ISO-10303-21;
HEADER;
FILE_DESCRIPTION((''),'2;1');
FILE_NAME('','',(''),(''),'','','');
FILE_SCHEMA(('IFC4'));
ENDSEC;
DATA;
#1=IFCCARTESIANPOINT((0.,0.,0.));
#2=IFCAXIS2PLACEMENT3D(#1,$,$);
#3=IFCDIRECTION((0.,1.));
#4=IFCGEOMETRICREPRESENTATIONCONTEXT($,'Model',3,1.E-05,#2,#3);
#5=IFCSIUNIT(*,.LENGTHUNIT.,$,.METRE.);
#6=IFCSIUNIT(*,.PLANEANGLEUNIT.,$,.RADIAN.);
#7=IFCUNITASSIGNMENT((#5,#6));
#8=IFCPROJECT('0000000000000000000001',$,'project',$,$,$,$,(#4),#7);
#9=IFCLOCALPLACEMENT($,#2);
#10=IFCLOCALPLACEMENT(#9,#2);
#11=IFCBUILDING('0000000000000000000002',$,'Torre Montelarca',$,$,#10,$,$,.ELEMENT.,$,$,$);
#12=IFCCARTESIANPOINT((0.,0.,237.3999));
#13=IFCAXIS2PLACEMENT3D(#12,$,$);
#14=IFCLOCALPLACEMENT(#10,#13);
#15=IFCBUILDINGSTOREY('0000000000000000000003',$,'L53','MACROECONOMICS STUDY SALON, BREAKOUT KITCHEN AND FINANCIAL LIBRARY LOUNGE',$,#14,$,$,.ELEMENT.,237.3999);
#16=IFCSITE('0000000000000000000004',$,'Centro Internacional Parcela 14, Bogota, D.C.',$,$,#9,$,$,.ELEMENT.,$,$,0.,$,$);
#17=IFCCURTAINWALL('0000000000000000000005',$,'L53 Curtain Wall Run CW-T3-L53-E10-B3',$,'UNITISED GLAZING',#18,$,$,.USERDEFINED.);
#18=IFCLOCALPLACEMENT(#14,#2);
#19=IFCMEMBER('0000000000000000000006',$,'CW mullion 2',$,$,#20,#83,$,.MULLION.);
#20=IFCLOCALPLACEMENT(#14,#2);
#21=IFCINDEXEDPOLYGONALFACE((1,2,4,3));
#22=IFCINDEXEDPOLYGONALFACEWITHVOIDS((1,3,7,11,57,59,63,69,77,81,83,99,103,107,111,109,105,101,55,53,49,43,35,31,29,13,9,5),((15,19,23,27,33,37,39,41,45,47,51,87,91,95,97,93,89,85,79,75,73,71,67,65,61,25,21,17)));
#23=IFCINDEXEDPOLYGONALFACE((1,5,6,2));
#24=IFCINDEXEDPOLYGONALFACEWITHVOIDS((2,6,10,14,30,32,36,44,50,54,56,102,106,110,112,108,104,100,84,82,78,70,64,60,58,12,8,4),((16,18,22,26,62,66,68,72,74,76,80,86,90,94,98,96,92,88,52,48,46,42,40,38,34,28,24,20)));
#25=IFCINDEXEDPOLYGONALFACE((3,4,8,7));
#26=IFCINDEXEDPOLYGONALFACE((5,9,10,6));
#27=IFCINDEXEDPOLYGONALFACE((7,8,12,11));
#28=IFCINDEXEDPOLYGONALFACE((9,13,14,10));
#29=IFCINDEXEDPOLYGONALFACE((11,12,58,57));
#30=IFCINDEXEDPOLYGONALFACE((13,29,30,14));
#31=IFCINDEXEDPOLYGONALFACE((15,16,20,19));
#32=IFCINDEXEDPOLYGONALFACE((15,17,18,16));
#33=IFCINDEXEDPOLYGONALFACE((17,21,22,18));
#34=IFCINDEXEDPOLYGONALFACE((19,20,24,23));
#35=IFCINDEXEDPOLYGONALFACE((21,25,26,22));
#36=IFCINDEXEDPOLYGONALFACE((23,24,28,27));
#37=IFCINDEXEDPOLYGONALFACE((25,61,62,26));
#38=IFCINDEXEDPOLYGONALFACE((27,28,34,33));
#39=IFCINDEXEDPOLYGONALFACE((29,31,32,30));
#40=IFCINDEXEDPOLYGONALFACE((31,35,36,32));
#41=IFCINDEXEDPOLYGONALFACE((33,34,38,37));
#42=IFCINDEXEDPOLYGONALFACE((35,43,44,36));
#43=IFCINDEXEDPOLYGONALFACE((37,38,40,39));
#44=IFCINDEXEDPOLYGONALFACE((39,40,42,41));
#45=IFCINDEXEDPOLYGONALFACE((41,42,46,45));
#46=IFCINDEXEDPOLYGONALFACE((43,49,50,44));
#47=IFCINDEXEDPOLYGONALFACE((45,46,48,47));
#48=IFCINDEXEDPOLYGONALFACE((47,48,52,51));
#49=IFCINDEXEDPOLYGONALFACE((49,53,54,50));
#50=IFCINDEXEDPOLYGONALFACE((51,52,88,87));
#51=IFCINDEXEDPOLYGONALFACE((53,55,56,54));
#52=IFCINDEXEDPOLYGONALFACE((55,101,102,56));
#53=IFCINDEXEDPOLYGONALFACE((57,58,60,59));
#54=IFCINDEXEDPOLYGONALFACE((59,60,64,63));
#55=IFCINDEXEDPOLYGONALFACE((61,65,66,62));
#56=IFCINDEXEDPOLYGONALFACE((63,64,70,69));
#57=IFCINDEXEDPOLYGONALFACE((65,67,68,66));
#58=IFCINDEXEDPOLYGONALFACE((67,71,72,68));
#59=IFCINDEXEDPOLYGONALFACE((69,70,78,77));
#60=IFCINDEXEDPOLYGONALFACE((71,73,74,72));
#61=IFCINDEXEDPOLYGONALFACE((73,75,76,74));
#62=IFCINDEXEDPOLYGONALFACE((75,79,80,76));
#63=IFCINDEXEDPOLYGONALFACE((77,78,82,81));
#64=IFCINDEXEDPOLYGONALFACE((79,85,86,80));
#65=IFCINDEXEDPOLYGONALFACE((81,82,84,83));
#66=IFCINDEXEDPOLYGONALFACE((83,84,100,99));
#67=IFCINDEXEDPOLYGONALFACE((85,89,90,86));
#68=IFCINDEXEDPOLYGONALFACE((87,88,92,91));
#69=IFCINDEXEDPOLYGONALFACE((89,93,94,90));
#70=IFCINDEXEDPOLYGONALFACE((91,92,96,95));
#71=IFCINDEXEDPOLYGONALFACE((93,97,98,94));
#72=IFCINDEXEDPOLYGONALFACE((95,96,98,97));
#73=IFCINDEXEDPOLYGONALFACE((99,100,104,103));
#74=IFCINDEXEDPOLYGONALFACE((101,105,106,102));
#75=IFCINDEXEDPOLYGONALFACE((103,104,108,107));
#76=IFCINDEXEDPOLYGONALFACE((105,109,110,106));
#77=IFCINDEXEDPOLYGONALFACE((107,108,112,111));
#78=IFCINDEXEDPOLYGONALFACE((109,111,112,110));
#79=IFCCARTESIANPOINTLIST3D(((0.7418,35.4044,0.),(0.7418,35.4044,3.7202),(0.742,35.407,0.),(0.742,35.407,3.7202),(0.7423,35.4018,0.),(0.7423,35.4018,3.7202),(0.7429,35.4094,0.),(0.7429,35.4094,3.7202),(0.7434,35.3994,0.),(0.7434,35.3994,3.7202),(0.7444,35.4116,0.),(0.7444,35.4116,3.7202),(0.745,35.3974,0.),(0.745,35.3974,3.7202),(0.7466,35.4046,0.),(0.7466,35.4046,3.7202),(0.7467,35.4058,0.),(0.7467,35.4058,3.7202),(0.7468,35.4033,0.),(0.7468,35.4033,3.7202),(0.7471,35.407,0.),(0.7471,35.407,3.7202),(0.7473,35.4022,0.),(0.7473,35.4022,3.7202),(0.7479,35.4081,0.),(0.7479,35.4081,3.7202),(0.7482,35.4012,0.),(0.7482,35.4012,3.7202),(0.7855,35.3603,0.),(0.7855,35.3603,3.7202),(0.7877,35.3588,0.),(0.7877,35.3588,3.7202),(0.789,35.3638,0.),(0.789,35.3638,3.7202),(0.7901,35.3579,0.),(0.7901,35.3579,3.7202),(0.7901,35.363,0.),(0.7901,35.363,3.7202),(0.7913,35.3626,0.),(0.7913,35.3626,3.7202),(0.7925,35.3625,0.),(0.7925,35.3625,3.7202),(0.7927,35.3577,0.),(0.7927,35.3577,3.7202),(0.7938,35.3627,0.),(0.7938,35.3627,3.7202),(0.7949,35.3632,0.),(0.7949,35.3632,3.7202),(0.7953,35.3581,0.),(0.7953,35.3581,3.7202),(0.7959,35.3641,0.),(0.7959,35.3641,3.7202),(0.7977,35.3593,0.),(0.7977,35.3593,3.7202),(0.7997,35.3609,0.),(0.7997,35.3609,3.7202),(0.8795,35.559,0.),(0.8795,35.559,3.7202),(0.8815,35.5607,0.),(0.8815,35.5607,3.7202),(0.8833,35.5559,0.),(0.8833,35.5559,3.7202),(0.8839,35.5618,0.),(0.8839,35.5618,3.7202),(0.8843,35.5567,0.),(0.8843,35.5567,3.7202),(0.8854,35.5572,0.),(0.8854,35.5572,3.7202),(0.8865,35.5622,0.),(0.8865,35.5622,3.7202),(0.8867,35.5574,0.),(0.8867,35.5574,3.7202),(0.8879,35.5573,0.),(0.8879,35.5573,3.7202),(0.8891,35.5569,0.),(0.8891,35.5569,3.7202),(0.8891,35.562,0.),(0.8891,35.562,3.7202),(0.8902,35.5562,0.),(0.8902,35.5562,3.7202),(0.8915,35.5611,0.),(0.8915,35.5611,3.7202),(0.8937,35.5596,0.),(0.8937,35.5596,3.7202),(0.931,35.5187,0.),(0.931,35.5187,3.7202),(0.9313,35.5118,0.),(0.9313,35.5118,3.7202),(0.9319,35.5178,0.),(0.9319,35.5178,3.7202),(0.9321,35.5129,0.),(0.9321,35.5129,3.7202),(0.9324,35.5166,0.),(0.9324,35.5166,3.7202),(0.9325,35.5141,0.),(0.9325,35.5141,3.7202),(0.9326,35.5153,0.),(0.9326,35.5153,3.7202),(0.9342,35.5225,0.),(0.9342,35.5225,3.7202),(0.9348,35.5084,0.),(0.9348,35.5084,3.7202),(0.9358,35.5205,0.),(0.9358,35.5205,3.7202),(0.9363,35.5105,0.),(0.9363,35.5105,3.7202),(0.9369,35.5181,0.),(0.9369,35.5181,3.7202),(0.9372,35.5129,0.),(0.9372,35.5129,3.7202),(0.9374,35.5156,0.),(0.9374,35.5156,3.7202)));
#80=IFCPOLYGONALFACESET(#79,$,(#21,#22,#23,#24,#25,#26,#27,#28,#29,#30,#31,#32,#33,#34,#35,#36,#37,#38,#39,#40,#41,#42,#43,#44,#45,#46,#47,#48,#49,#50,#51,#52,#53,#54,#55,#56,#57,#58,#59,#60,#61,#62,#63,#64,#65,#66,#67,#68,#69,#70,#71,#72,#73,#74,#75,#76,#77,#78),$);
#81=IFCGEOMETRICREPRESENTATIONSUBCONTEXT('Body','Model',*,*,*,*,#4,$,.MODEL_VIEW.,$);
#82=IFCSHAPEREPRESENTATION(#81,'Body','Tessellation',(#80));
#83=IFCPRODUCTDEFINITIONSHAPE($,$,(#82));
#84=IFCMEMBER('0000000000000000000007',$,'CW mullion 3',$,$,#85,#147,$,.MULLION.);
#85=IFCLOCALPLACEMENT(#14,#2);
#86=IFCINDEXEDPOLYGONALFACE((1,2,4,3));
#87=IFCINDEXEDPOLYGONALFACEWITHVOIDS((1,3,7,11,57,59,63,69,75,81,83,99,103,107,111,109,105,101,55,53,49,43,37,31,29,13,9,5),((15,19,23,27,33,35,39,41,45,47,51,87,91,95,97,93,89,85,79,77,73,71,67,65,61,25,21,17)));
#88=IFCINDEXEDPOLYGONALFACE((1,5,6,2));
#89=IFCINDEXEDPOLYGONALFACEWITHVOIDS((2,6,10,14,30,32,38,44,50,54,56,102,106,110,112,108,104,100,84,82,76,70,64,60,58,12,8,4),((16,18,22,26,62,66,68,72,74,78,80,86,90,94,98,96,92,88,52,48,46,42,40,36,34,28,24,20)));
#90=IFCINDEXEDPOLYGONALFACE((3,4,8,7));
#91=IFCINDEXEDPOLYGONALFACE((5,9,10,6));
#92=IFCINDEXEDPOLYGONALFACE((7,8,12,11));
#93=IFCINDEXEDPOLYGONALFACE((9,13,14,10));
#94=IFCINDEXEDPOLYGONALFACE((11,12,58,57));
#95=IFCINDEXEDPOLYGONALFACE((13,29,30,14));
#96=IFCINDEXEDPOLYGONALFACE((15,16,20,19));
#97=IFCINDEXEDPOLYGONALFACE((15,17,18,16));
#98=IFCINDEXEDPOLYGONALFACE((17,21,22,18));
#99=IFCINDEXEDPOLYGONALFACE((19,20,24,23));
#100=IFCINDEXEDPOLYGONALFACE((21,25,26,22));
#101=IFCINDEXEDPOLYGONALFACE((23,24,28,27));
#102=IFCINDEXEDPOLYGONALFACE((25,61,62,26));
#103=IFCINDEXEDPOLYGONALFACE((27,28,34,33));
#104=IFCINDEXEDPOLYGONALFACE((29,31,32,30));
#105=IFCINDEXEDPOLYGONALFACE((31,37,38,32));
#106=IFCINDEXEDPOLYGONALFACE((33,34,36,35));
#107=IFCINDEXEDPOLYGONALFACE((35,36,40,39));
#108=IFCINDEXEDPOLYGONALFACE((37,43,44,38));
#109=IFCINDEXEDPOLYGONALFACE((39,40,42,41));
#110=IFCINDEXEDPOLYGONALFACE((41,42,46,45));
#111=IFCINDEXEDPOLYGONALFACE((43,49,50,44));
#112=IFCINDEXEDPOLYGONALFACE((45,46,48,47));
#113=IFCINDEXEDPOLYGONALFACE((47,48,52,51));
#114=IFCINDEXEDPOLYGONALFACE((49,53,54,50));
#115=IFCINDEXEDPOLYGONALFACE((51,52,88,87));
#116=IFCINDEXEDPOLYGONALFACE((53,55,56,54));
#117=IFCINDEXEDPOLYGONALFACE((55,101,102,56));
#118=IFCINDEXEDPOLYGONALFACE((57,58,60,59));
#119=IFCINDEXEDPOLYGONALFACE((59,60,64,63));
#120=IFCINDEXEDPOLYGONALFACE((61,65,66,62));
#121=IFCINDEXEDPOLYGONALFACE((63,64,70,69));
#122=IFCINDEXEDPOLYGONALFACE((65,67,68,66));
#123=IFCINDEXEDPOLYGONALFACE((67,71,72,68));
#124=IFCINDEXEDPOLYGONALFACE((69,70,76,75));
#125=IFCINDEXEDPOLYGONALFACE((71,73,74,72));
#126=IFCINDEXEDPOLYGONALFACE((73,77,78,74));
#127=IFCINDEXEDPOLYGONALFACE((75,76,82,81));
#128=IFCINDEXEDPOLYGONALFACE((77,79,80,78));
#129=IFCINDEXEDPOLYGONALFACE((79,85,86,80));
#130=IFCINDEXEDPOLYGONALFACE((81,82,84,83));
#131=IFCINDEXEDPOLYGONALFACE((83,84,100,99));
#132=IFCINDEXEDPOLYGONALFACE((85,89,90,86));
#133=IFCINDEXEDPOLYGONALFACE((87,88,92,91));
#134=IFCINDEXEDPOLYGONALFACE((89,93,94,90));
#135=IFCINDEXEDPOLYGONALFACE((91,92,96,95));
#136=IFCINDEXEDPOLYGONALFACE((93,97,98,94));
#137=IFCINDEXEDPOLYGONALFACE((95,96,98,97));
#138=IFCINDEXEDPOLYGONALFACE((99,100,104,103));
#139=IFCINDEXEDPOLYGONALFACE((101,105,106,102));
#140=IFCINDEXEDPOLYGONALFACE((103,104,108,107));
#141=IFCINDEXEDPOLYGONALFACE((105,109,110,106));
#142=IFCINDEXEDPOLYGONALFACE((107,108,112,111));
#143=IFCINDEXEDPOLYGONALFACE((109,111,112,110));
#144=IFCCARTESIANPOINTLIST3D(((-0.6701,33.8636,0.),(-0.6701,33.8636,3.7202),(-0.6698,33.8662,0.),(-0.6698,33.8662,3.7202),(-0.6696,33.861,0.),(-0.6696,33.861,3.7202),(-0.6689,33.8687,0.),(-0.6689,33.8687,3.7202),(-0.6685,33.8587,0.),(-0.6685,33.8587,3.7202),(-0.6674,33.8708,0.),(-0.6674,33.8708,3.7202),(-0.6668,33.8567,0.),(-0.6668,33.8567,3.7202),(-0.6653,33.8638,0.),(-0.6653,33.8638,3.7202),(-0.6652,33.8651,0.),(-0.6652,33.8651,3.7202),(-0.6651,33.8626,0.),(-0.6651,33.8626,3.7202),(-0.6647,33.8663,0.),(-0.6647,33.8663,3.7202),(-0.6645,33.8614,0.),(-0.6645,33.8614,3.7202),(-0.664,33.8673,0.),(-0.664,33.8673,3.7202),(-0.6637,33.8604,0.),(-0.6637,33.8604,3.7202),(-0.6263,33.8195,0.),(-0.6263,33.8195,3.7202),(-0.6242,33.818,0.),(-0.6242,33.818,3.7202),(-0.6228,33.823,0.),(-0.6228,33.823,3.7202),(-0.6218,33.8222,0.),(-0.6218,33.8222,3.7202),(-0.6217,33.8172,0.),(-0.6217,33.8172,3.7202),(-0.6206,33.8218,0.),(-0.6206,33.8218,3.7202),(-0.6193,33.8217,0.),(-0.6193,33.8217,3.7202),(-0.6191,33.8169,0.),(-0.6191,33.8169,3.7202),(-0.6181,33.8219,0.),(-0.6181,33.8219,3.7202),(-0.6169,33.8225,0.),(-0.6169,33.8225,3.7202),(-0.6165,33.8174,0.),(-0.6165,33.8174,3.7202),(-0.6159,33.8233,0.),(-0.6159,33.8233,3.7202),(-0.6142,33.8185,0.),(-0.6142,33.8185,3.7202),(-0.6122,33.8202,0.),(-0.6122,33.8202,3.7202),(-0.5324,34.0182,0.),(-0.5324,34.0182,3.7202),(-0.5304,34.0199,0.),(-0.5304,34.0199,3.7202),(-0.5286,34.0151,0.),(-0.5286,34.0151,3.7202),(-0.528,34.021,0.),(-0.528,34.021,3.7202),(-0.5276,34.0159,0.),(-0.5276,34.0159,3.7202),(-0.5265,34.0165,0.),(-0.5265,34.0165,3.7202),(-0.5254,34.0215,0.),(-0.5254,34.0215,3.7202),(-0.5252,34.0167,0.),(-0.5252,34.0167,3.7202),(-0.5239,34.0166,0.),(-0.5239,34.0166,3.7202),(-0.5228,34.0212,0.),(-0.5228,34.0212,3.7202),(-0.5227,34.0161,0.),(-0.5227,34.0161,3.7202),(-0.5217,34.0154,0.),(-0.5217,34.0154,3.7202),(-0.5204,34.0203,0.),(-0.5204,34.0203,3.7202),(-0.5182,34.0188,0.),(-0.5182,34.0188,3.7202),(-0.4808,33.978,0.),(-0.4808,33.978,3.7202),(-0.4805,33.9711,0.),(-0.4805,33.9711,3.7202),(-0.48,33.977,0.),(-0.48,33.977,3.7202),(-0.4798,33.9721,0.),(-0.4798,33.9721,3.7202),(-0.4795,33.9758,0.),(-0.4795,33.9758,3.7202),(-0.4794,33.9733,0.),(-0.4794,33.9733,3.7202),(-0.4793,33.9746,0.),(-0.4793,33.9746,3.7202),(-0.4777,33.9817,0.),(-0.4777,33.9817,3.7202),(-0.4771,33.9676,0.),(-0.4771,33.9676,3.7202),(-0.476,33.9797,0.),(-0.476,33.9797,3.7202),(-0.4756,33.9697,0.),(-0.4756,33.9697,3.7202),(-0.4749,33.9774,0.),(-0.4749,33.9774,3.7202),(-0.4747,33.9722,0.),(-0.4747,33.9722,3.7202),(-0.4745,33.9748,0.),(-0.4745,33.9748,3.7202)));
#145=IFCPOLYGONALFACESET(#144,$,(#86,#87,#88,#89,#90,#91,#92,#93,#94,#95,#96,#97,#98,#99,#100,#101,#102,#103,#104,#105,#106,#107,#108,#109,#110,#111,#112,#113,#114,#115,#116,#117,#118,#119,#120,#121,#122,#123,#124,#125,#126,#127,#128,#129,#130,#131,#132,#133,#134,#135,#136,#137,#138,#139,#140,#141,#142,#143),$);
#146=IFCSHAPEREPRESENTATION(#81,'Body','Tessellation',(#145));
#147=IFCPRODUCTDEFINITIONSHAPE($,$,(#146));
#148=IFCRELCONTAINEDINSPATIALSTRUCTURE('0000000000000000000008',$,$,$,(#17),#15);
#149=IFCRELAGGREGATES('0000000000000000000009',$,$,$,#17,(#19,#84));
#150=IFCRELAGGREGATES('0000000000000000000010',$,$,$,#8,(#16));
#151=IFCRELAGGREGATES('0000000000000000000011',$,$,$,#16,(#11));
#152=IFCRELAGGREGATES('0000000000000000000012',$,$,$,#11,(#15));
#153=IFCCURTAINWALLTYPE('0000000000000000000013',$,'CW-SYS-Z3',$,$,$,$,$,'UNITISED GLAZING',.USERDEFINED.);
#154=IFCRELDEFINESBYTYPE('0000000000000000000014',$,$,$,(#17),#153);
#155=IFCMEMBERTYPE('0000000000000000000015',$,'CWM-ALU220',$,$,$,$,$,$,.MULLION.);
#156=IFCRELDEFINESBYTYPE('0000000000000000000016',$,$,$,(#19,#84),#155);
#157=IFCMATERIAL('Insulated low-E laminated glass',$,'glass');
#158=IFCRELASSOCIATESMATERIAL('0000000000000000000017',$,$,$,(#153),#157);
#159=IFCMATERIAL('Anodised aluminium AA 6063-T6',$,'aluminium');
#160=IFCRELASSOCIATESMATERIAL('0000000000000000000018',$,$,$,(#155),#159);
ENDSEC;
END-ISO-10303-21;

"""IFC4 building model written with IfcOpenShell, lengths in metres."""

from ifc_helpers import new_model, si_unit, direction, frame, origin, origin_2d, place, context, subcontext, project, spatial, hollow_rectangle, extrude, source, transform, mapped, material, material_profile, profile_set, type_object, element, aggregate, save


model = new_model("IFC4")

# Units and contexts
model_context = context("Model", 3, precision=1e-05, world=origin(), true_north=direction((0.0, 1.0)))
body_context = subcontext(model_context, "Body", "Model", "MODEL_VIEW")
ifc_project = project(units=[si_unit("LENGTHUNIT", "METRE"), si_unit("PLANEANGLEUNIT", "RADIAN")], contexts=[model_context])

# Site, building, storey
site_placement = place(None, origin())
site = spatial("IfcSite", under=ifc_project, at=site_placement, Name="Centro Internacional Parcela 14, Bogota, D.C.", CompositionType="ELEMENT", RefElevation=0.0)
building_placement = place(site_placement, origin())
building = spatial("IfcBuilding", under=site, at=building_placement, Name="Torre Montelarca", CompositionType="ELEMENT")
storey_placement = place(building_placement, frame((0.0, 0.0, 237.3999)))
storey = spatial("IfcBuildingStorey", under=building, at=storey_placement, Name="L53", Description="MACROECONOMICS STUDY SALON, BREAKOUT KITCHEN AND FINANCIAL LIBRARY LOUNGE", CompositionType="ELEMENT", Elevation=237.3999)

# Curtain wall
ifc_material_1 = material(Name="Insulated low-E laminated glass", Category="glass")
curtain_wall_type = type_object("IfcCurtainWallType", Name="CW-SYS-Z3", ElementType="UNITISED GLAZING", PredefinedType="USERDEFINED", material=ifc_material_1)
curtain_wall_1_placement = place(storey_placement, origin())
curtain_wall_1 = element("IfcCurtainWall", 1, at=curtain_wall_1_placement, inside=storey, type_object=curtain_wall_type, Name="L53 Curtain Wall Run CW-T3-L53-E10-B3", ObjectType="UNITISED GLAZING", PredefinedType="USERDEFINED")
ifc_material_2 = material(Name="Anodised aluminium AA 6063-T6", Category="aluminium")

# Members
ifc_material_profile_1 = material_profile(ifc_material_2, hollow_rectangle(XDim=0.075, YDim=0.22, WallThickness=0.0049, InnerFilletRadius=0.0049, OuterFilletRadius=0.01, at=origin_2d()), Name="ALU75X220X5", Category="aluminium")
ifc_profile_set_1 = profile_set([ifc_material_profile_1], Name="Anodised aluminium AA 6063-T6")
member_type_1 = type_object("IfcMemberType", Name="CWM-ALU220", PredefinedType="MULLION", material=ifc_profile_set_1)
shared_shape_1 = source(origin(), body_context, "Body", "SweptSolid", [
    extrude(hollow_rectangle(XDim=0.075, YDim=0.22, WallThickness=0.0049, InnerFilletRadius=0.0049, OuterFilletRadius=0.01, at=origin_2d()), origin(), (0.0, 0.0, 1.0), 3.7202),
])
member_1_placement = place(storey_placement, frame((0.8396, 35.46, 0.0), z_axis=(0.0, 0.0, 1.0), x_axis=(0.737285, -0.675582, 0.0)))
member_1 = element("IfcMember", 2, at=member_1_placement, type_object=member_type_1, Name="CW mullion 2", PredefinedType="MULLION", context=body_context, shape_type="MappedRepresentation", body=[
    mapped(shared_shape_1, transform((0.0, 0.0, 0.0), scale=1.0)),
])
member_2_placement = place(storey_placement, frame((-0.5723, 33.9192, 0.0), z_axis=(0.0, 0.0, 1.0), x_axis=(0.737285, -0.675582, 0.0)))
member_2 = element("IfcMember", 3, at=member_2_placement, type_object=member_type_1, Name="CW mullion 3", PredefinedType="MULLION", context=body_context, shape_type="MappedRepresentation", body=[
    mapped(shared_shape_1, transform((0.0, 0.0, 0.0), scale=1.0)),
])

aggregate(curtain_wall_1, [member_1, member_2])

save(model, "model.ifc")
